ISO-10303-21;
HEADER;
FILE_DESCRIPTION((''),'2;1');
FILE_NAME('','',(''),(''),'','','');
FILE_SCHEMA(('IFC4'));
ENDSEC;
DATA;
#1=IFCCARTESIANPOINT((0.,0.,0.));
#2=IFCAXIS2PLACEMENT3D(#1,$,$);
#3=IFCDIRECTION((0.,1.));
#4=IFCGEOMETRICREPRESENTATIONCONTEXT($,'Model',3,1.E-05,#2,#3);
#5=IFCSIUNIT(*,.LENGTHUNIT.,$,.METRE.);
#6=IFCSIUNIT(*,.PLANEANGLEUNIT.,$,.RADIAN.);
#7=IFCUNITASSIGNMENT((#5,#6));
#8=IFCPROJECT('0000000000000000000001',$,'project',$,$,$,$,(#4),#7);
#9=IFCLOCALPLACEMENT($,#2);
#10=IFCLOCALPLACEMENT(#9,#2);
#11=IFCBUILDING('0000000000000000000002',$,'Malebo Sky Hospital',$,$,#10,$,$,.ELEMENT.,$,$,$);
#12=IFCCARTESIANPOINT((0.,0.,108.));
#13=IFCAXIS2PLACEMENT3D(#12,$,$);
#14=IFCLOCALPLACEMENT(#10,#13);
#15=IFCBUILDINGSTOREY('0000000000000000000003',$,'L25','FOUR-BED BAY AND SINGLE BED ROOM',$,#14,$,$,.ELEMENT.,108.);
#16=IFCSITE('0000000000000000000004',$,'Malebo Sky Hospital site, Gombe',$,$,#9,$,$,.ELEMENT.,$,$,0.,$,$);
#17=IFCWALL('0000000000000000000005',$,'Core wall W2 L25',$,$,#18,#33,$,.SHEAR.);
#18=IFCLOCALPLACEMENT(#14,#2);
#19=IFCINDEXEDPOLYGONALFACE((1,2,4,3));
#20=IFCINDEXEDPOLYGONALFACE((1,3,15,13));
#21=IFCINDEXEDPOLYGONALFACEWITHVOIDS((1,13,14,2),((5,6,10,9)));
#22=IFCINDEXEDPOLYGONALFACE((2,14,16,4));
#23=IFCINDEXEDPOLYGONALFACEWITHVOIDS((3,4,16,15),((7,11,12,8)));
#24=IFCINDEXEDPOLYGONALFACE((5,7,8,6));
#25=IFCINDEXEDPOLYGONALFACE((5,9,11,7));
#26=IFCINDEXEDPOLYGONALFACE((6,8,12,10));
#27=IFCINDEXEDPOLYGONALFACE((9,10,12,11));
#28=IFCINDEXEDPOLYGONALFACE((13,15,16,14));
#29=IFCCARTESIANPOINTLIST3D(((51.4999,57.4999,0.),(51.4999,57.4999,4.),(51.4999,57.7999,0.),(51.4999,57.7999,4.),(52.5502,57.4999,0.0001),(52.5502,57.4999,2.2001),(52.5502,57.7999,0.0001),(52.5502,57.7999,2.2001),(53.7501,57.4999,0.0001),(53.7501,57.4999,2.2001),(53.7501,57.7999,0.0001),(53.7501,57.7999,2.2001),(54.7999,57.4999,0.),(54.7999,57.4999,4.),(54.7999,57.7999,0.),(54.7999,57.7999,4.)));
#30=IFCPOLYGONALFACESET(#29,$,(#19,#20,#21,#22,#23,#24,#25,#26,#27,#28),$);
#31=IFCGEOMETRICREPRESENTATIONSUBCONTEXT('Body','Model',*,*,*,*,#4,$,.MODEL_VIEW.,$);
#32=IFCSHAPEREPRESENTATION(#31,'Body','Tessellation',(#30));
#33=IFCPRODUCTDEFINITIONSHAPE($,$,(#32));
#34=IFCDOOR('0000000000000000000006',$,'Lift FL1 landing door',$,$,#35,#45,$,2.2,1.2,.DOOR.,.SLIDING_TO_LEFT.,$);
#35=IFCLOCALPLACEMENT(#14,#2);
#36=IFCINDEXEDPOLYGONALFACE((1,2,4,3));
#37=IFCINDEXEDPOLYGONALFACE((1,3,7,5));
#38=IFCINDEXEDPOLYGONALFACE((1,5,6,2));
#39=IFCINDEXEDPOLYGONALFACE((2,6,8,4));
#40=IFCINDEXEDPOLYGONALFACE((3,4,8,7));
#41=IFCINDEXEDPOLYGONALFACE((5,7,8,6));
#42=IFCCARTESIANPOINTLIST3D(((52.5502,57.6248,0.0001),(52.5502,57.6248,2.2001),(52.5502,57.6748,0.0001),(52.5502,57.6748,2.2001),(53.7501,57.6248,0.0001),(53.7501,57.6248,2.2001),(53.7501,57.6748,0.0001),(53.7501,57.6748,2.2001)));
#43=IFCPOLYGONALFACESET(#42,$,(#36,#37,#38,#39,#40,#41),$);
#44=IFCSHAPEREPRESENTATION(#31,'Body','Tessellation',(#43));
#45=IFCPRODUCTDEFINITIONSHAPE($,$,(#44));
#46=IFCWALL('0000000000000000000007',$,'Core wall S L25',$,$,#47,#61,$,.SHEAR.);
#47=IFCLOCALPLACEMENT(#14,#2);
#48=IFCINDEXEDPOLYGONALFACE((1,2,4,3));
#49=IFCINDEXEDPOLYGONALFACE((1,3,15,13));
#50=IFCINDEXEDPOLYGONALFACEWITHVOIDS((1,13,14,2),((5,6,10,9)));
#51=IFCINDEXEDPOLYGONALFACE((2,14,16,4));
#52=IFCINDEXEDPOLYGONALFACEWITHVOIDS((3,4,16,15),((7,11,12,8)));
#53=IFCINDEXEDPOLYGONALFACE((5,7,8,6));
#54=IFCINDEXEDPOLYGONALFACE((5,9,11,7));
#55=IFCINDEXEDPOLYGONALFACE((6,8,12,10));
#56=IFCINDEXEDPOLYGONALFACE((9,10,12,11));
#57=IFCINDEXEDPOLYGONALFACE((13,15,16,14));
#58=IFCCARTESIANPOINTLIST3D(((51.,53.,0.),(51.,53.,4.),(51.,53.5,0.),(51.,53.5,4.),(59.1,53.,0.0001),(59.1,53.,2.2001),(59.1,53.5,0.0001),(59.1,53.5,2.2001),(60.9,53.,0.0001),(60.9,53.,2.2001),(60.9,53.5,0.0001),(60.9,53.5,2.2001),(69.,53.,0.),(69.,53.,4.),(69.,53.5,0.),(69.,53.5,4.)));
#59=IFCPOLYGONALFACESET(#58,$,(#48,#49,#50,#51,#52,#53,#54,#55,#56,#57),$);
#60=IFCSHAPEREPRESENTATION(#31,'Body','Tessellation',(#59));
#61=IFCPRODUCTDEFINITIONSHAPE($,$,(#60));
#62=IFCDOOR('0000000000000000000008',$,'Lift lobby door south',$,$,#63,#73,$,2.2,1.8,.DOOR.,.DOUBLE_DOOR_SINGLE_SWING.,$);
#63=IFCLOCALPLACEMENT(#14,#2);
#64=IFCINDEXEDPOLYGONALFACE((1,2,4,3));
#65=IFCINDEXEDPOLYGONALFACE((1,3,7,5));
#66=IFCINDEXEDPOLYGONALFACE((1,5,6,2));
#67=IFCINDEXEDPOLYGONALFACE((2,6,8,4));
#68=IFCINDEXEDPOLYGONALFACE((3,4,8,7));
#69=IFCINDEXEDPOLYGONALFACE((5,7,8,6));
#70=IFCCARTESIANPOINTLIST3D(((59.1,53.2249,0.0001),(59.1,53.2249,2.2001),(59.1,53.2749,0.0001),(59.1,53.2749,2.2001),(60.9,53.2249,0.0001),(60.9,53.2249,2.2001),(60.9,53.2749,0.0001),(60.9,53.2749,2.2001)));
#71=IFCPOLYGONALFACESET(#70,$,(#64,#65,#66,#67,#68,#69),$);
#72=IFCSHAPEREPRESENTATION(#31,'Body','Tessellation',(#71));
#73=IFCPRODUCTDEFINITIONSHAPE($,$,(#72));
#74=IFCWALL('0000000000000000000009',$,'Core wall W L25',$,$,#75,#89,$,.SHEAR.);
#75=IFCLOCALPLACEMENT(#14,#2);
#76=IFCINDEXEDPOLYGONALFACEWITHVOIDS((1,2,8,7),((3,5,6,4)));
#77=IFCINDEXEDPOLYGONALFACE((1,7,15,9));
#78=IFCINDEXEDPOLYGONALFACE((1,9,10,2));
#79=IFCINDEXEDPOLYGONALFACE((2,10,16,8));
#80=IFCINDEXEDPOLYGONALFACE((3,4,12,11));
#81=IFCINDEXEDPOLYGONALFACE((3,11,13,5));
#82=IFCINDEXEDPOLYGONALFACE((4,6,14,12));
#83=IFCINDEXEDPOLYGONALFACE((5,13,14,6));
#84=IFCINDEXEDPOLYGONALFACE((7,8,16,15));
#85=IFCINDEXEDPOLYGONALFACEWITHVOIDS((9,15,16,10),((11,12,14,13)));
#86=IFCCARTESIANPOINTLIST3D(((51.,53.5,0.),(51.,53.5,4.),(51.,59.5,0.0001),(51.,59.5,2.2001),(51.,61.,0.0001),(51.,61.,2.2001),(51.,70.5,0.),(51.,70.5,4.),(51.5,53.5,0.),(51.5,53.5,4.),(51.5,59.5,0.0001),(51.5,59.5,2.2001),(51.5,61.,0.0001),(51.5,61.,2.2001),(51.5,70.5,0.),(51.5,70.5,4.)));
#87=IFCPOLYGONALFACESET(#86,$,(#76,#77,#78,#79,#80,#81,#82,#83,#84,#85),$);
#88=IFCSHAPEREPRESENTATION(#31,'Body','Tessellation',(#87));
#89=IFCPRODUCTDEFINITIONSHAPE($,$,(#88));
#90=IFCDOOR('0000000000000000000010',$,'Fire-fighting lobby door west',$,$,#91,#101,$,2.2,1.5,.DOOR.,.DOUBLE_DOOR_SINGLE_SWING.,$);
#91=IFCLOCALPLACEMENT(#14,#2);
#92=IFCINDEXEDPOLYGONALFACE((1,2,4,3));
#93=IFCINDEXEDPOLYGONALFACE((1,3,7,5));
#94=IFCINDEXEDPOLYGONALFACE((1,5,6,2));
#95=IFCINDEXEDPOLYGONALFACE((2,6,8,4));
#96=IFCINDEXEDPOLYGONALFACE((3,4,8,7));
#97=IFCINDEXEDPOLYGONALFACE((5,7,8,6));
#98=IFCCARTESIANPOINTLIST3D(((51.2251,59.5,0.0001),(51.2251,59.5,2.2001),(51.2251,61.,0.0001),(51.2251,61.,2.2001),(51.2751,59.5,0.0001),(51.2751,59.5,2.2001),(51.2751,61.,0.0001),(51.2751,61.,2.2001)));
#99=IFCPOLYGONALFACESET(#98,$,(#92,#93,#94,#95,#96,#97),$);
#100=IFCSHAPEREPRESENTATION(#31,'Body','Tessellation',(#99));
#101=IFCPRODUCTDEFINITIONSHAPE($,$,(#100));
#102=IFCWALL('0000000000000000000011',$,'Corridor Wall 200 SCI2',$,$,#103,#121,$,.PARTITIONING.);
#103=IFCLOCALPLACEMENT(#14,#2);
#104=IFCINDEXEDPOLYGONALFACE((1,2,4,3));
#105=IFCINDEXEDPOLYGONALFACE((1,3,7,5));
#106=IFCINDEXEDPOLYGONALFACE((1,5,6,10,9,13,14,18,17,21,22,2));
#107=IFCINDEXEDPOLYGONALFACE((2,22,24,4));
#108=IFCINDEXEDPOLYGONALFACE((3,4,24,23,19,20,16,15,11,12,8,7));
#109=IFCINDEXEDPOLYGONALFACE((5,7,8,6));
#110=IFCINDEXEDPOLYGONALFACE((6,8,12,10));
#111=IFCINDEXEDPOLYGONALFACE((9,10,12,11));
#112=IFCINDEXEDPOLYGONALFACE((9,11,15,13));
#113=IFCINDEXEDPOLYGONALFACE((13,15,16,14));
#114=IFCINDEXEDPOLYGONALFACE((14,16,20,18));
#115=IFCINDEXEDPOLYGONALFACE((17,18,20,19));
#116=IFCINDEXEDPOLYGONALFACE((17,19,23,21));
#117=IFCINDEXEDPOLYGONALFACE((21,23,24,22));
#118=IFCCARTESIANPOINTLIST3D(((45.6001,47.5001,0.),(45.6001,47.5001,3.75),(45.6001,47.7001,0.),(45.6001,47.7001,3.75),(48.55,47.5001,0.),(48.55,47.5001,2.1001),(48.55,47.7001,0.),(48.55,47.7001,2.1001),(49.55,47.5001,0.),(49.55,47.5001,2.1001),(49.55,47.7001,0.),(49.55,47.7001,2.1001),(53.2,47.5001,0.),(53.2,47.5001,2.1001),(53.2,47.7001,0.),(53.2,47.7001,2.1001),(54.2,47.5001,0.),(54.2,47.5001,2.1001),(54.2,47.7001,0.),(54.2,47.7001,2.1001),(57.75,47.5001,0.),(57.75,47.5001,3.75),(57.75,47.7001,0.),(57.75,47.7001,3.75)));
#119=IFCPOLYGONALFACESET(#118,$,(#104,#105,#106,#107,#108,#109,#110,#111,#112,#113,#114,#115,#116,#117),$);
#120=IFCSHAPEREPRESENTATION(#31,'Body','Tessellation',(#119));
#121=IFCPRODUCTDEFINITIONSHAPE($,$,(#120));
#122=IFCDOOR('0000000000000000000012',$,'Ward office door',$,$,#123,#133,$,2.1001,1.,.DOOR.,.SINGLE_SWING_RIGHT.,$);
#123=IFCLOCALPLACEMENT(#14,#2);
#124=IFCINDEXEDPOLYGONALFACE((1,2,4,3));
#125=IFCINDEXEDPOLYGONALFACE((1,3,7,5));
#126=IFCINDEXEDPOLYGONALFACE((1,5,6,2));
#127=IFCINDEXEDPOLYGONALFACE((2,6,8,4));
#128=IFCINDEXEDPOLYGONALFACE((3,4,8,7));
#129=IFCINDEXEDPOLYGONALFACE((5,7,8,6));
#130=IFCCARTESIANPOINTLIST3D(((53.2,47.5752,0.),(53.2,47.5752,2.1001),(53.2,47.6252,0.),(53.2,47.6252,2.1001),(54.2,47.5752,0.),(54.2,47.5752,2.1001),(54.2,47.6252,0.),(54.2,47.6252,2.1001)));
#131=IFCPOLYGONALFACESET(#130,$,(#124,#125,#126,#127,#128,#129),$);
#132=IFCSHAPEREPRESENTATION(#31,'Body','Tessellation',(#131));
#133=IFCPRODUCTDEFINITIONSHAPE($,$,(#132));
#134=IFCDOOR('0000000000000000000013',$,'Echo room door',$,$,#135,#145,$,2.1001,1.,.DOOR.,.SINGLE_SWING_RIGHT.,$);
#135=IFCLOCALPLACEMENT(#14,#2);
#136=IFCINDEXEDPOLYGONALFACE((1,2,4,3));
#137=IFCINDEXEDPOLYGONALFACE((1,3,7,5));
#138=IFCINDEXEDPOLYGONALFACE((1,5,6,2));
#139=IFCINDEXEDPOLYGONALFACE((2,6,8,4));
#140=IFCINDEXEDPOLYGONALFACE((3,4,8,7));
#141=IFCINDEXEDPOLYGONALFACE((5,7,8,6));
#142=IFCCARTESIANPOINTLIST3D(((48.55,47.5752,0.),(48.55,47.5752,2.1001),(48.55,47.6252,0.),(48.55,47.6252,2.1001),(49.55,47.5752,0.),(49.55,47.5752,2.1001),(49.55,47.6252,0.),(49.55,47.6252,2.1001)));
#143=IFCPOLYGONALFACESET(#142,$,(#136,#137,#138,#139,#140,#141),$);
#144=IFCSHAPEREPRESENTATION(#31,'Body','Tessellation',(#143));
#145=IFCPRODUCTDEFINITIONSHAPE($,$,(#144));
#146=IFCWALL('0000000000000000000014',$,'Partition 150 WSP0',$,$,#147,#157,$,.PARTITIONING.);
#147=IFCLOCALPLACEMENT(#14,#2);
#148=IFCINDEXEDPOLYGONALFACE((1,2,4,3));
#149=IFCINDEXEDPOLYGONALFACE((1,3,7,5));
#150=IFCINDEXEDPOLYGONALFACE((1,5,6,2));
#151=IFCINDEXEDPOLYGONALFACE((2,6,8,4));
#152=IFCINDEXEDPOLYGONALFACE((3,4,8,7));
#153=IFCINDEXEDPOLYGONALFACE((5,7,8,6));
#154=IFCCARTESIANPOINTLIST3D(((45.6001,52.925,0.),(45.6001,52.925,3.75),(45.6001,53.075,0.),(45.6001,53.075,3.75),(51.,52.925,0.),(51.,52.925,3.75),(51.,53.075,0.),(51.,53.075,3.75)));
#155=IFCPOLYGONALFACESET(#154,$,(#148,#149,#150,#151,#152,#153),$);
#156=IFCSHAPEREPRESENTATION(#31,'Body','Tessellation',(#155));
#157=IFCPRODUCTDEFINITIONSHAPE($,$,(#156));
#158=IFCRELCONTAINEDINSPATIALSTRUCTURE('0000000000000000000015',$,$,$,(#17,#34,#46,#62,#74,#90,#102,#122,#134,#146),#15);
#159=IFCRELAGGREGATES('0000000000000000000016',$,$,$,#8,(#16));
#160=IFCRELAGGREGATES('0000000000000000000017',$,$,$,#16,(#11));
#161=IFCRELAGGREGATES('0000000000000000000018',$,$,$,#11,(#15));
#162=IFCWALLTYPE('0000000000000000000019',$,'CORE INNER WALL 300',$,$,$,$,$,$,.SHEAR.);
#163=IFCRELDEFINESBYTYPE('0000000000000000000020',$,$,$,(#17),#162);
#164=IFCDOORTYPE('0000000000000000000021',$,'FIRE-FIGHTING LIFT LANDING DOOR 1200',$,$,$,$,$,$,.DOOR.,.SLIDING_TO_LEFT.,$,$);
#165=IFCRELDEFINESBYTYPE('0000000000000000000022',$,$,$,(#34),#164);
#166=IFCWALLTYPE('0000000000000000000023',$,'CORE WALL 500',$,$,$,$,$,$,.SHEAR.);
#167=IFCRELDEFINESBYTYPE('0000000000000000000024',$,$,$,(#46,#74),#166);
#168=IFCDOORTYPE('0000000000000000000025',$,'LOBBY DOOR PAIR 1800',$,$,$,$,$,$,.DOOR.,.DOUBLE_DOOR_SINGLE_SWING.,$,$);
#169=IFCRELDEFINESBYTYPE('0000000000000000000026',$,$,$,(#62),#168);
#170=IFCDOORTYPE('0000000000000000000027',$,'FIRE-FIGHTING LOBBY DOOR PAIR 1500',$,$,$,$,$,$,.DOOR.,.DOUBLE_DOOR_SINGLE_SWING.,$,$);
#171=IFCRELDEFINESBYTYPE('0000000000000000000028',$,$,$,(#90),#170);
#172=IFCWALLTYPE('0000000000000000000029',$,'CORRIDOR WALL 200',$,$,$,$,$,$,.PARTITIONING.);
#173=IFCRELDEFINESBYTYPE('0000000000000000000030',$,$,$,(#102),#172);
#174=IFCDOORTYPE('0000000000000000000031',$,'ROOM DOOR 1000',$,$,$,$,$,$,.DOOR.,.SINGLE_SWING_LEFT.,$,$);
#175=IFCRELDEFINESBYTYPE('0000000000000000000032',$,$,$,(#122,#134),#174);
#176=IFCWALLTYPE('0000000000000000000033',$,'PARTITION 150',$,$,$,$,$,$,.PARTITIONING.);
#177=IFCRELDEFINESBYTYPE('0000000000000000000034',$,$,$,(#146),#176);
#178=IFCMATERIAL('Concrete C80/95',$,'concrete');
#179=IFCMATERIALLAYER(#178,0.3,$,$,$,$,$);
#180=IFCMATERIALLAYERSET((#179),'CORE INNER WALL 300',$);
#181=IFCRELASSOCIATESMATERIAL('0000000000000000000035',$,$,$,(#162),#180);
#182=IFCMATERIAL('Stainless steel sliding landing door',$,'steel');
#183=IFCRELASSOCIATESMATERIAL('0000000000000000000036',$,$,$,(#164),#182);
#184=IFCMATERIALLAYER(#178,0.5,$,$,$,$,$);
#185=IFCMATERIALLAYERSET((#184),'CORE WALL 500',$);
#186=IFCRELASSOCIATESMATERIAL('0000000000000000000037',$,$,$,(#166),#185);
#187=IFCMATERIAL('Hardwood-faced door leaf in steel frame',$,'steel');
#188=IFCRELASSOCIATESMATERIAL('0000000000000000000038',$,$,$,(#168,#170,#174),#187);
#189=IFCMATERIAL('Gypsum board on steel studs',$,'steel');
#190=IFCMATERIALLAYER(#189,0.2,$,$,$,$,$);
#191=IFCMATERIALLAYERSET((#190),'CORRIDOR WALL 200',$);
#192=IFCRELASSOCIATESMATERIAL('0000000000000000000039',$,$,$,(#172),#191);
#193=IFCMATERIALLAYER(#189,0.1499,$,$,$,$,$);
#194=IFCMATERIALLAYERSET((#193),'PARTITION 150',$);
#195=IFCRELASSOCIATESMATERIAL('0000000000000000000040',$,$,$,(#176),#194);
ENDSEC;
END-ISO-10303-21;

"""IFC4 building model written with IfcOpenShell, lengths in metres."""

from ifc_helpers import new_model, si_unit, direction, frame, frame_2d, origin, place, context, subcontext, project, spatial, rectangle, extrude, material, layer, layer_set, type_object, element, fill, save


model = new_model("IFC4")

# Units and contexts
model_context = context("Model", 3, precision=1e-05, world=origin(), true_north=direction((0.0, 1.0)))
body_context = subcontext(model_context, "Body", "Model", "MODEL_VIEW")
ifc_project = project(units=[si_unit("LENGTHUNIT", "METRE"), si_unit("PLANEANGLEUNIT", "RADIAN")], contexts=[model_context])

# Site, building, storey
site_placement = place(None, origin())
site = spatial("IfcSite", under=ifc_project, at=site_placement, Name="Malebo Sky Hospital site, Gombe", CompositionType="ELEMENT", RefElevation=0.0)
building_placement = place(site_placement, origin())
building = spatial("IfcBuilding", under=site, at=building_placement, Name="Malebo Sky Hospital", CompositionType="ELEMENT")
storey_placement = place(building_placement, frame((0.0, 0.0, 108.0)))
storey = spatial("IfcBuildingStorey", under=building, at=storey_placement, Name="L25", Description="FOUR-BED BAY AND SINGLE BED ROOM", CompositionType="ELEMENT", Elevation=108.0)

# Shared definitions
ifc_material_1 = material(Name="Concrete C80/95", Category="concrete")
ifc_material_2 = material(Name="Stainless steel sliding landing door", Category="steel")

# Shared definitions
ifc_layer_1 = layer(ifc_material_1, 0.3)
ifc_layer_set_1 = layer_set([ifc_layer_1], Name="CORE INNER WALL 300")
wall_type_1 = type_object("IfcWallType", Name="CORE INNER WALL 300", PredefinedType="SHEAR", material=ifc_layer_set_1)

# Walls, openings, doors
wall_1_placement = place(storey_placement, frame((51.5, 57.6499, 0.0), z_axis=(0.0, 0.0, 1.0), x_axis=(1.0, 0.0, 0.0)))
wall_1 = element("IfcWall", 1, at=wall_1_placement, inside=storey, type_object=wall_type_1, Name="Core wall W2 L25", PredefinedType="SHEAR", context=body_context, shape_type="SweptSolid", body=[
    extrude(rectangle(XDim=3.3, YDim=0.3, at=frame_2d((1.6499, 0.0))), origin(), (0.0, 0.0, 1.0), 4.0),
])
opening_1_placement = place(wall_1_placement, frame((1.05, 0.0, 0.0)))
opening_1 = element("IfcOpeningElement", 2, at=opening_1_placement, cuts=wall_1, PredefinedType="OPENING", context=body_context, shape_type="SweptSolid", body=[
    extrude(rectangle(XDim=1.2, YDim=2.2, at=frame_2d((0.6001, 1.1001))), frame((0.0, 0.1599, 0.0), z_axis=(0.0, -1.0, 0.0), x_axis=(1.0, 0.0, 0.0)), (0.0, 0.0, 1.0), 0.3201),
])
door_type_1 = type_object("IfcDoorType", Name="FIRE-FIGHTING LIFT LANDING DOOR 1200", OperationType="SLIDING_TO_LEFT", PredefinedType="DOOR", material=ifc_material_2)
door_1_placement = place(opening_1_placement, origin())
door_1 = element("IfcDoor", 3, at=door_1_placement, inside=storey, type_object=door_type_1, Name="Lift FL1 landing door", OperationType="SLIDING_TO_LEFT", OverallHeight=2.2, OverallWidth=1.2, PredefinedType="DOOR", context=body_context, shape_type="SweptSolid", body=[
    extrude(rectangle(XDim=1.2, YDim=2.2, at=frame_2d((0.6001, 1.1001))), frame((0.0, 0.0249, 0.0), z_axis=(0.0, -1.0, 0.0), x_axis=(1.0, 0.0, 0.0)), (0.0, 0.0, 1.0), 0.05),
])
fill(opening_1, door_1)
ifc_layer_2 = layer(ifc_material_1, 0.5)
ifc_layer_set_2 = layer_set([ifc_layer_2], Name="CORE WALL 500")
wall_type_2 = type_object("IfcWallType", Name="CORE WALL 500", PredefinedType="SHEAR", material=ifc_layer_set_2)
wall_2_placement = place(storey_placement, frame((51.0, 53.25, 0.0), z_axis=(0.0, 0.0, 1.0), x_axis=(1.0, 0.0, 0.0)))
wall_2 = element("IfcWall", 4, at=wall_2_placement, inside=storey, type_object=wall_type_2, Name="Core wall S L25", PredefinedType="SHEAR", context=body_context, shape_type="SweptSolid", body=[
    extrude(rectangle(XDim=18.0, YDim=0.5, at=frame_2d((9.0, 0.0))), origin(), (0.0, 0.0, 1.0), 4.0),
])
opening_2_placement = place(wall_2_placement, frame((8.1001, 0.0, 0.0)))
opening_2 = element("IfcOpeningElement", 5, at=opening_2_placement, cuts=wall_2, PredefinedType="OPENING", context=body_context, shape_type="SweptSolid", body=[
    extrude(rectangle(XDim=1.8, YDim=2.2, at=frame_2d((0.8999, 1.1001))), frame((0.0, 0.26, 0.0), z_axis=(0.0, -1.0, 0.0), x_axis=(1.0, 0.0, 0.0)), (0.0, 0.0, 1.0), 0.52),
])
ifc_material_3 = material(Name="Hardwood-faced door leaf in steel frame", Category="steel")
door_type_2 = type_object("IfcDoorType", Name="LOBBY DOOR PAIR 1800", OperationType="DOUBLE_DOOR_SINGLE_SWING", PredefinedType="DOOR", material=ifc_material_3)
door_2_placement = place(opening_2_placement, origin())
door_2 = element("IfcDoor", 6, at=door_2_placement, inside=storey, type_object=door_type_2, Name="Lift lobby door south", OperationType="DOUBLE_DOOR_SINGLE_SWING", OverallHeight=2.2, OverallWidth=1.8, PredefinedType="DOOR", context=body_context, shape_type="SweptSolid", body=[
    extrude(rectangle(XDim=1.8, YDim=2.2, at=frame_2d((0.8999, 1.1001))), frame((0.0, 0.0249, 0.0), z_axis=(0.0, -1.0, 0.0), x_axis=(1.0, 0.0, 0.0)), (0.0, 0.0, 1.0), 0.05),
])
fill(opening_2, door_2)
wall_3_placement = place(storey_placement, frame((51.25, 53.5, 0.0), z_axis=(0.0, 0.0, 1.0), x_axis=(0.0, 1.0, 0.0)))
wall_3 = element("IfcWall", 7, at=wall_3_placement, inside=storey, type_object=wall_type_2, Name="Core wall W L25", PredefinedType="SHEAR", context=body_context, shape_type="SweptSolid", body=[
    extrude(rectangle(XDim=17.0, YDim=0.5, at=frame_2d((8.5, 0.0))), origin(), (0.0, 0.0, 1.0), 4.0),
])
opening_3_placement = place(wall_3_placement, frame((6.0, 0.0, 0.0)))
opening_3 = element("IfcOpeningElement", 8, at=opening_3_placement, cuts=wall_3, PredefinedType="OPENING", context=body_context, shape_type="SweptSolid", body=[
    extrude(rectangle(XDim=1.5, YDim=2.2, at=frame_2d((0.75, 1.1001))), frame((0.0, 0.26, 0.0), z_axis=(0.0, -1.0, 0.0), x_axis=(1.0, 0.0, 0.0)), (0.0, 0.0, 1.0), 0.52),
])
door_type_3 = type_object("IfcDoorType", Name="FIRE-FIGHTING LOBBY DOOR PAIR 1500", OperationType="DOUBLE_DOOR_SINGLE_SWING", PredefinedType="DOOR", material=ifc_material_3)
door_3_placement = place(opening_3_placement, origin())
door_3 = element("IfcDoor", 9, at=door_3_placement, inside=storey, type_object=door_type_3, Name="Fire-fighting lobby door west", OperationType="DOUBLE_DOOR_SINGLE_SWING", OverallHeight=2.2, OverallWidth=1.5, PredefinedType="DOOR", context=body_context, shape_type="SweptSolid", body=[
    extrude(rectangle(XDim=1.5, YDim=2.2, at=frame_2d((0.75, 1.1001))), frame((0.0, 0.0249, 0.0), z_axis=(0.0, -1.0, 0.0), x_axis=(1.0, 0.0, 0.0)), (0.0, 0.0, 1.0), 0.05),
])
fill(opening_3, door_3)

# Wall, openings, doors
ifc_material_4 = material(Name="Gypsum board on steel studs", Category="steel")
ifc_layer_3 = layer(ifc_material_4, 0.2)
ifc_layer_set_3 = layer_set([ifc_layer_3], Name="CORRIDOR WALL 200")
wall_type_3 = type_object("IfcWallType", Name="CORRIDOR WALL 200", PredefinedType="PARTITIONING", material=ifc_layer_set_3)
wall_4_placement = place(storey_placement, frame((57.75, 47.6001, 0.0), z_axis=(0.0, 0.0, 1.0), x_axis=(-1.0, 0.0, 0.0)))
wall_4 = element("IfcWall", 10, at=wall_4_placement, inside=storey, type_object=wall_type_3, Name="Corridor Wall 200 SCI2", PredefinedType="PARTITIONING", context=body_context, shape_type="SweptSolid", body=[
    extrude(rectangle(XDim=12.1499, YDim=0.2, at=frame_2d((6.075, 0.0))), origin(), (0.0, 0.0, 1.0), 3.75),
])
opening_4_placement = place(wall_4_placement, frame((3.55, 0.0, 0.0)))
opening_4 = element("IfcOpeningElement", 11, at=opening_4_placement, cuts=wall_4, PredefinedType="OPENING", context=body_context, shape_type="SweptSolid", body=[
    extrude(rectangle(XDim=1.0, YDim=2.1001, at=frame_2d((0.5, 1.05))), frame((0.0, 0.1099, 0.0), z_axis=(0.0, -1.0, 0.0), x_axis=(1.0, 0.0, 0.0)), (0.0, 0.0, 1.0), 0.22),
])
opening_5_placement = place(wall_4_placement, frame((8.2, 0.0, 0.0)))
opening_5 = element("IfcOpeningElement", 12, at=opening_5_placement, cuts=wall_4, PredefinedType="OPENING", context=body_context, shape_type="SweptSolid", body=[
    extrude(rectangle(XDim=1.0, YDim=2.1001, at=frame_2d((0.5, 1.05))), frame((0.0, 0.1099, 0.0), z_axis=(0.0, -1.0, 0.0), x_axis=(1.0, 0.0, 0.0)), (0.0, 0.0, 1.0), 0.22),
])
door_type_4 = type_object("IfcDoorType", Name="ROOM DOOR 1000", OperationType="SINGLE_SWING_LEFT", PredefinedType="DOOR", material=ifc_material_3)
door_4_placement = place(opening_4_placement, origin())
door_4 = element("IfcDoor", 13, at=door_4_placement, inside=storey, type_object=door_type_4, Name="Ward office door", OperationType="SINGLE_SWING_RIGHT", OverallHeight=2.1001, OverallWidth=1.0, PredefinedType="DOOR", context=body_context, shape_type="SweptSolid", body=[
    extrude(rectangle(XDim=1.0, YDim=2.1001, at=frame_2d((0.5, 1.05))), frame((0.0, 0.0249, 0.0), z_axis=(0.0, -1.0, 0.0), x_axis=(1.0, 0.0, 0.0)), (0.0, 0.0, 1.0), 0.05),
])
fill(opening_4, door_4)
door_5_placement = place(opening_5_placement, origin())
door_5 = element("IfcDoor", 14, at=door_5_placement, inside=storey, type_object=door_type_4, Name="Echo room door", OperationType="SINGLE_SWING_RIGHT", OverallHeight=2.1001, OverallWidth=1.0, PredefinedType="DOOR", context=body_context, shape_type="SweptSolid", body=[
    extrude(rectangle(XDim=1.0, YDim=2.1001, at=frame_2d((0.5, 1.05))), frame((0.0, 0.0249, 0.0), z_axis=(0.0, -1.0, 0.0), x_axis=(1.0, 0.0, 0.0)), (0.0, 0.0, 1.0), 0.05),
])
fill(opening_5, door_5)

# Wall
ifc_layer_4 = layer(ifc_material_4, 0.1499)
ifc_layer_set_4 = layer_set([ifc_layer_4], Name="PARTITION 150")
wall_type_4 = type_object("IfcWallType", Name="PARTITION 150", PredefinedType="PARTITIONING", material=ifc_layer_set_4)
wall_5_placement = place(storey_placement, frame((51.0, 53.0, 0.0), z_axis=(0.0, 0.0, 1.0), x_axis=(-1.0, 0.0, 0.0)))
element("IfcWall", 15, at=wall_5_placement, inside=storey, type_object=wall_type_4, Name="Partition 150 WSP0", PredefinedType="PARTITIONING", context=body_context, shape_type="SweptSolid", body=[
    extrude(rectangle(XDim=5.3999, YDim=0.1499, at=frame_2d((2.7, 0.0))), origin(), (0.0, 0.0, 1.0), 3.75),
])

save(model, "model.ifc")
